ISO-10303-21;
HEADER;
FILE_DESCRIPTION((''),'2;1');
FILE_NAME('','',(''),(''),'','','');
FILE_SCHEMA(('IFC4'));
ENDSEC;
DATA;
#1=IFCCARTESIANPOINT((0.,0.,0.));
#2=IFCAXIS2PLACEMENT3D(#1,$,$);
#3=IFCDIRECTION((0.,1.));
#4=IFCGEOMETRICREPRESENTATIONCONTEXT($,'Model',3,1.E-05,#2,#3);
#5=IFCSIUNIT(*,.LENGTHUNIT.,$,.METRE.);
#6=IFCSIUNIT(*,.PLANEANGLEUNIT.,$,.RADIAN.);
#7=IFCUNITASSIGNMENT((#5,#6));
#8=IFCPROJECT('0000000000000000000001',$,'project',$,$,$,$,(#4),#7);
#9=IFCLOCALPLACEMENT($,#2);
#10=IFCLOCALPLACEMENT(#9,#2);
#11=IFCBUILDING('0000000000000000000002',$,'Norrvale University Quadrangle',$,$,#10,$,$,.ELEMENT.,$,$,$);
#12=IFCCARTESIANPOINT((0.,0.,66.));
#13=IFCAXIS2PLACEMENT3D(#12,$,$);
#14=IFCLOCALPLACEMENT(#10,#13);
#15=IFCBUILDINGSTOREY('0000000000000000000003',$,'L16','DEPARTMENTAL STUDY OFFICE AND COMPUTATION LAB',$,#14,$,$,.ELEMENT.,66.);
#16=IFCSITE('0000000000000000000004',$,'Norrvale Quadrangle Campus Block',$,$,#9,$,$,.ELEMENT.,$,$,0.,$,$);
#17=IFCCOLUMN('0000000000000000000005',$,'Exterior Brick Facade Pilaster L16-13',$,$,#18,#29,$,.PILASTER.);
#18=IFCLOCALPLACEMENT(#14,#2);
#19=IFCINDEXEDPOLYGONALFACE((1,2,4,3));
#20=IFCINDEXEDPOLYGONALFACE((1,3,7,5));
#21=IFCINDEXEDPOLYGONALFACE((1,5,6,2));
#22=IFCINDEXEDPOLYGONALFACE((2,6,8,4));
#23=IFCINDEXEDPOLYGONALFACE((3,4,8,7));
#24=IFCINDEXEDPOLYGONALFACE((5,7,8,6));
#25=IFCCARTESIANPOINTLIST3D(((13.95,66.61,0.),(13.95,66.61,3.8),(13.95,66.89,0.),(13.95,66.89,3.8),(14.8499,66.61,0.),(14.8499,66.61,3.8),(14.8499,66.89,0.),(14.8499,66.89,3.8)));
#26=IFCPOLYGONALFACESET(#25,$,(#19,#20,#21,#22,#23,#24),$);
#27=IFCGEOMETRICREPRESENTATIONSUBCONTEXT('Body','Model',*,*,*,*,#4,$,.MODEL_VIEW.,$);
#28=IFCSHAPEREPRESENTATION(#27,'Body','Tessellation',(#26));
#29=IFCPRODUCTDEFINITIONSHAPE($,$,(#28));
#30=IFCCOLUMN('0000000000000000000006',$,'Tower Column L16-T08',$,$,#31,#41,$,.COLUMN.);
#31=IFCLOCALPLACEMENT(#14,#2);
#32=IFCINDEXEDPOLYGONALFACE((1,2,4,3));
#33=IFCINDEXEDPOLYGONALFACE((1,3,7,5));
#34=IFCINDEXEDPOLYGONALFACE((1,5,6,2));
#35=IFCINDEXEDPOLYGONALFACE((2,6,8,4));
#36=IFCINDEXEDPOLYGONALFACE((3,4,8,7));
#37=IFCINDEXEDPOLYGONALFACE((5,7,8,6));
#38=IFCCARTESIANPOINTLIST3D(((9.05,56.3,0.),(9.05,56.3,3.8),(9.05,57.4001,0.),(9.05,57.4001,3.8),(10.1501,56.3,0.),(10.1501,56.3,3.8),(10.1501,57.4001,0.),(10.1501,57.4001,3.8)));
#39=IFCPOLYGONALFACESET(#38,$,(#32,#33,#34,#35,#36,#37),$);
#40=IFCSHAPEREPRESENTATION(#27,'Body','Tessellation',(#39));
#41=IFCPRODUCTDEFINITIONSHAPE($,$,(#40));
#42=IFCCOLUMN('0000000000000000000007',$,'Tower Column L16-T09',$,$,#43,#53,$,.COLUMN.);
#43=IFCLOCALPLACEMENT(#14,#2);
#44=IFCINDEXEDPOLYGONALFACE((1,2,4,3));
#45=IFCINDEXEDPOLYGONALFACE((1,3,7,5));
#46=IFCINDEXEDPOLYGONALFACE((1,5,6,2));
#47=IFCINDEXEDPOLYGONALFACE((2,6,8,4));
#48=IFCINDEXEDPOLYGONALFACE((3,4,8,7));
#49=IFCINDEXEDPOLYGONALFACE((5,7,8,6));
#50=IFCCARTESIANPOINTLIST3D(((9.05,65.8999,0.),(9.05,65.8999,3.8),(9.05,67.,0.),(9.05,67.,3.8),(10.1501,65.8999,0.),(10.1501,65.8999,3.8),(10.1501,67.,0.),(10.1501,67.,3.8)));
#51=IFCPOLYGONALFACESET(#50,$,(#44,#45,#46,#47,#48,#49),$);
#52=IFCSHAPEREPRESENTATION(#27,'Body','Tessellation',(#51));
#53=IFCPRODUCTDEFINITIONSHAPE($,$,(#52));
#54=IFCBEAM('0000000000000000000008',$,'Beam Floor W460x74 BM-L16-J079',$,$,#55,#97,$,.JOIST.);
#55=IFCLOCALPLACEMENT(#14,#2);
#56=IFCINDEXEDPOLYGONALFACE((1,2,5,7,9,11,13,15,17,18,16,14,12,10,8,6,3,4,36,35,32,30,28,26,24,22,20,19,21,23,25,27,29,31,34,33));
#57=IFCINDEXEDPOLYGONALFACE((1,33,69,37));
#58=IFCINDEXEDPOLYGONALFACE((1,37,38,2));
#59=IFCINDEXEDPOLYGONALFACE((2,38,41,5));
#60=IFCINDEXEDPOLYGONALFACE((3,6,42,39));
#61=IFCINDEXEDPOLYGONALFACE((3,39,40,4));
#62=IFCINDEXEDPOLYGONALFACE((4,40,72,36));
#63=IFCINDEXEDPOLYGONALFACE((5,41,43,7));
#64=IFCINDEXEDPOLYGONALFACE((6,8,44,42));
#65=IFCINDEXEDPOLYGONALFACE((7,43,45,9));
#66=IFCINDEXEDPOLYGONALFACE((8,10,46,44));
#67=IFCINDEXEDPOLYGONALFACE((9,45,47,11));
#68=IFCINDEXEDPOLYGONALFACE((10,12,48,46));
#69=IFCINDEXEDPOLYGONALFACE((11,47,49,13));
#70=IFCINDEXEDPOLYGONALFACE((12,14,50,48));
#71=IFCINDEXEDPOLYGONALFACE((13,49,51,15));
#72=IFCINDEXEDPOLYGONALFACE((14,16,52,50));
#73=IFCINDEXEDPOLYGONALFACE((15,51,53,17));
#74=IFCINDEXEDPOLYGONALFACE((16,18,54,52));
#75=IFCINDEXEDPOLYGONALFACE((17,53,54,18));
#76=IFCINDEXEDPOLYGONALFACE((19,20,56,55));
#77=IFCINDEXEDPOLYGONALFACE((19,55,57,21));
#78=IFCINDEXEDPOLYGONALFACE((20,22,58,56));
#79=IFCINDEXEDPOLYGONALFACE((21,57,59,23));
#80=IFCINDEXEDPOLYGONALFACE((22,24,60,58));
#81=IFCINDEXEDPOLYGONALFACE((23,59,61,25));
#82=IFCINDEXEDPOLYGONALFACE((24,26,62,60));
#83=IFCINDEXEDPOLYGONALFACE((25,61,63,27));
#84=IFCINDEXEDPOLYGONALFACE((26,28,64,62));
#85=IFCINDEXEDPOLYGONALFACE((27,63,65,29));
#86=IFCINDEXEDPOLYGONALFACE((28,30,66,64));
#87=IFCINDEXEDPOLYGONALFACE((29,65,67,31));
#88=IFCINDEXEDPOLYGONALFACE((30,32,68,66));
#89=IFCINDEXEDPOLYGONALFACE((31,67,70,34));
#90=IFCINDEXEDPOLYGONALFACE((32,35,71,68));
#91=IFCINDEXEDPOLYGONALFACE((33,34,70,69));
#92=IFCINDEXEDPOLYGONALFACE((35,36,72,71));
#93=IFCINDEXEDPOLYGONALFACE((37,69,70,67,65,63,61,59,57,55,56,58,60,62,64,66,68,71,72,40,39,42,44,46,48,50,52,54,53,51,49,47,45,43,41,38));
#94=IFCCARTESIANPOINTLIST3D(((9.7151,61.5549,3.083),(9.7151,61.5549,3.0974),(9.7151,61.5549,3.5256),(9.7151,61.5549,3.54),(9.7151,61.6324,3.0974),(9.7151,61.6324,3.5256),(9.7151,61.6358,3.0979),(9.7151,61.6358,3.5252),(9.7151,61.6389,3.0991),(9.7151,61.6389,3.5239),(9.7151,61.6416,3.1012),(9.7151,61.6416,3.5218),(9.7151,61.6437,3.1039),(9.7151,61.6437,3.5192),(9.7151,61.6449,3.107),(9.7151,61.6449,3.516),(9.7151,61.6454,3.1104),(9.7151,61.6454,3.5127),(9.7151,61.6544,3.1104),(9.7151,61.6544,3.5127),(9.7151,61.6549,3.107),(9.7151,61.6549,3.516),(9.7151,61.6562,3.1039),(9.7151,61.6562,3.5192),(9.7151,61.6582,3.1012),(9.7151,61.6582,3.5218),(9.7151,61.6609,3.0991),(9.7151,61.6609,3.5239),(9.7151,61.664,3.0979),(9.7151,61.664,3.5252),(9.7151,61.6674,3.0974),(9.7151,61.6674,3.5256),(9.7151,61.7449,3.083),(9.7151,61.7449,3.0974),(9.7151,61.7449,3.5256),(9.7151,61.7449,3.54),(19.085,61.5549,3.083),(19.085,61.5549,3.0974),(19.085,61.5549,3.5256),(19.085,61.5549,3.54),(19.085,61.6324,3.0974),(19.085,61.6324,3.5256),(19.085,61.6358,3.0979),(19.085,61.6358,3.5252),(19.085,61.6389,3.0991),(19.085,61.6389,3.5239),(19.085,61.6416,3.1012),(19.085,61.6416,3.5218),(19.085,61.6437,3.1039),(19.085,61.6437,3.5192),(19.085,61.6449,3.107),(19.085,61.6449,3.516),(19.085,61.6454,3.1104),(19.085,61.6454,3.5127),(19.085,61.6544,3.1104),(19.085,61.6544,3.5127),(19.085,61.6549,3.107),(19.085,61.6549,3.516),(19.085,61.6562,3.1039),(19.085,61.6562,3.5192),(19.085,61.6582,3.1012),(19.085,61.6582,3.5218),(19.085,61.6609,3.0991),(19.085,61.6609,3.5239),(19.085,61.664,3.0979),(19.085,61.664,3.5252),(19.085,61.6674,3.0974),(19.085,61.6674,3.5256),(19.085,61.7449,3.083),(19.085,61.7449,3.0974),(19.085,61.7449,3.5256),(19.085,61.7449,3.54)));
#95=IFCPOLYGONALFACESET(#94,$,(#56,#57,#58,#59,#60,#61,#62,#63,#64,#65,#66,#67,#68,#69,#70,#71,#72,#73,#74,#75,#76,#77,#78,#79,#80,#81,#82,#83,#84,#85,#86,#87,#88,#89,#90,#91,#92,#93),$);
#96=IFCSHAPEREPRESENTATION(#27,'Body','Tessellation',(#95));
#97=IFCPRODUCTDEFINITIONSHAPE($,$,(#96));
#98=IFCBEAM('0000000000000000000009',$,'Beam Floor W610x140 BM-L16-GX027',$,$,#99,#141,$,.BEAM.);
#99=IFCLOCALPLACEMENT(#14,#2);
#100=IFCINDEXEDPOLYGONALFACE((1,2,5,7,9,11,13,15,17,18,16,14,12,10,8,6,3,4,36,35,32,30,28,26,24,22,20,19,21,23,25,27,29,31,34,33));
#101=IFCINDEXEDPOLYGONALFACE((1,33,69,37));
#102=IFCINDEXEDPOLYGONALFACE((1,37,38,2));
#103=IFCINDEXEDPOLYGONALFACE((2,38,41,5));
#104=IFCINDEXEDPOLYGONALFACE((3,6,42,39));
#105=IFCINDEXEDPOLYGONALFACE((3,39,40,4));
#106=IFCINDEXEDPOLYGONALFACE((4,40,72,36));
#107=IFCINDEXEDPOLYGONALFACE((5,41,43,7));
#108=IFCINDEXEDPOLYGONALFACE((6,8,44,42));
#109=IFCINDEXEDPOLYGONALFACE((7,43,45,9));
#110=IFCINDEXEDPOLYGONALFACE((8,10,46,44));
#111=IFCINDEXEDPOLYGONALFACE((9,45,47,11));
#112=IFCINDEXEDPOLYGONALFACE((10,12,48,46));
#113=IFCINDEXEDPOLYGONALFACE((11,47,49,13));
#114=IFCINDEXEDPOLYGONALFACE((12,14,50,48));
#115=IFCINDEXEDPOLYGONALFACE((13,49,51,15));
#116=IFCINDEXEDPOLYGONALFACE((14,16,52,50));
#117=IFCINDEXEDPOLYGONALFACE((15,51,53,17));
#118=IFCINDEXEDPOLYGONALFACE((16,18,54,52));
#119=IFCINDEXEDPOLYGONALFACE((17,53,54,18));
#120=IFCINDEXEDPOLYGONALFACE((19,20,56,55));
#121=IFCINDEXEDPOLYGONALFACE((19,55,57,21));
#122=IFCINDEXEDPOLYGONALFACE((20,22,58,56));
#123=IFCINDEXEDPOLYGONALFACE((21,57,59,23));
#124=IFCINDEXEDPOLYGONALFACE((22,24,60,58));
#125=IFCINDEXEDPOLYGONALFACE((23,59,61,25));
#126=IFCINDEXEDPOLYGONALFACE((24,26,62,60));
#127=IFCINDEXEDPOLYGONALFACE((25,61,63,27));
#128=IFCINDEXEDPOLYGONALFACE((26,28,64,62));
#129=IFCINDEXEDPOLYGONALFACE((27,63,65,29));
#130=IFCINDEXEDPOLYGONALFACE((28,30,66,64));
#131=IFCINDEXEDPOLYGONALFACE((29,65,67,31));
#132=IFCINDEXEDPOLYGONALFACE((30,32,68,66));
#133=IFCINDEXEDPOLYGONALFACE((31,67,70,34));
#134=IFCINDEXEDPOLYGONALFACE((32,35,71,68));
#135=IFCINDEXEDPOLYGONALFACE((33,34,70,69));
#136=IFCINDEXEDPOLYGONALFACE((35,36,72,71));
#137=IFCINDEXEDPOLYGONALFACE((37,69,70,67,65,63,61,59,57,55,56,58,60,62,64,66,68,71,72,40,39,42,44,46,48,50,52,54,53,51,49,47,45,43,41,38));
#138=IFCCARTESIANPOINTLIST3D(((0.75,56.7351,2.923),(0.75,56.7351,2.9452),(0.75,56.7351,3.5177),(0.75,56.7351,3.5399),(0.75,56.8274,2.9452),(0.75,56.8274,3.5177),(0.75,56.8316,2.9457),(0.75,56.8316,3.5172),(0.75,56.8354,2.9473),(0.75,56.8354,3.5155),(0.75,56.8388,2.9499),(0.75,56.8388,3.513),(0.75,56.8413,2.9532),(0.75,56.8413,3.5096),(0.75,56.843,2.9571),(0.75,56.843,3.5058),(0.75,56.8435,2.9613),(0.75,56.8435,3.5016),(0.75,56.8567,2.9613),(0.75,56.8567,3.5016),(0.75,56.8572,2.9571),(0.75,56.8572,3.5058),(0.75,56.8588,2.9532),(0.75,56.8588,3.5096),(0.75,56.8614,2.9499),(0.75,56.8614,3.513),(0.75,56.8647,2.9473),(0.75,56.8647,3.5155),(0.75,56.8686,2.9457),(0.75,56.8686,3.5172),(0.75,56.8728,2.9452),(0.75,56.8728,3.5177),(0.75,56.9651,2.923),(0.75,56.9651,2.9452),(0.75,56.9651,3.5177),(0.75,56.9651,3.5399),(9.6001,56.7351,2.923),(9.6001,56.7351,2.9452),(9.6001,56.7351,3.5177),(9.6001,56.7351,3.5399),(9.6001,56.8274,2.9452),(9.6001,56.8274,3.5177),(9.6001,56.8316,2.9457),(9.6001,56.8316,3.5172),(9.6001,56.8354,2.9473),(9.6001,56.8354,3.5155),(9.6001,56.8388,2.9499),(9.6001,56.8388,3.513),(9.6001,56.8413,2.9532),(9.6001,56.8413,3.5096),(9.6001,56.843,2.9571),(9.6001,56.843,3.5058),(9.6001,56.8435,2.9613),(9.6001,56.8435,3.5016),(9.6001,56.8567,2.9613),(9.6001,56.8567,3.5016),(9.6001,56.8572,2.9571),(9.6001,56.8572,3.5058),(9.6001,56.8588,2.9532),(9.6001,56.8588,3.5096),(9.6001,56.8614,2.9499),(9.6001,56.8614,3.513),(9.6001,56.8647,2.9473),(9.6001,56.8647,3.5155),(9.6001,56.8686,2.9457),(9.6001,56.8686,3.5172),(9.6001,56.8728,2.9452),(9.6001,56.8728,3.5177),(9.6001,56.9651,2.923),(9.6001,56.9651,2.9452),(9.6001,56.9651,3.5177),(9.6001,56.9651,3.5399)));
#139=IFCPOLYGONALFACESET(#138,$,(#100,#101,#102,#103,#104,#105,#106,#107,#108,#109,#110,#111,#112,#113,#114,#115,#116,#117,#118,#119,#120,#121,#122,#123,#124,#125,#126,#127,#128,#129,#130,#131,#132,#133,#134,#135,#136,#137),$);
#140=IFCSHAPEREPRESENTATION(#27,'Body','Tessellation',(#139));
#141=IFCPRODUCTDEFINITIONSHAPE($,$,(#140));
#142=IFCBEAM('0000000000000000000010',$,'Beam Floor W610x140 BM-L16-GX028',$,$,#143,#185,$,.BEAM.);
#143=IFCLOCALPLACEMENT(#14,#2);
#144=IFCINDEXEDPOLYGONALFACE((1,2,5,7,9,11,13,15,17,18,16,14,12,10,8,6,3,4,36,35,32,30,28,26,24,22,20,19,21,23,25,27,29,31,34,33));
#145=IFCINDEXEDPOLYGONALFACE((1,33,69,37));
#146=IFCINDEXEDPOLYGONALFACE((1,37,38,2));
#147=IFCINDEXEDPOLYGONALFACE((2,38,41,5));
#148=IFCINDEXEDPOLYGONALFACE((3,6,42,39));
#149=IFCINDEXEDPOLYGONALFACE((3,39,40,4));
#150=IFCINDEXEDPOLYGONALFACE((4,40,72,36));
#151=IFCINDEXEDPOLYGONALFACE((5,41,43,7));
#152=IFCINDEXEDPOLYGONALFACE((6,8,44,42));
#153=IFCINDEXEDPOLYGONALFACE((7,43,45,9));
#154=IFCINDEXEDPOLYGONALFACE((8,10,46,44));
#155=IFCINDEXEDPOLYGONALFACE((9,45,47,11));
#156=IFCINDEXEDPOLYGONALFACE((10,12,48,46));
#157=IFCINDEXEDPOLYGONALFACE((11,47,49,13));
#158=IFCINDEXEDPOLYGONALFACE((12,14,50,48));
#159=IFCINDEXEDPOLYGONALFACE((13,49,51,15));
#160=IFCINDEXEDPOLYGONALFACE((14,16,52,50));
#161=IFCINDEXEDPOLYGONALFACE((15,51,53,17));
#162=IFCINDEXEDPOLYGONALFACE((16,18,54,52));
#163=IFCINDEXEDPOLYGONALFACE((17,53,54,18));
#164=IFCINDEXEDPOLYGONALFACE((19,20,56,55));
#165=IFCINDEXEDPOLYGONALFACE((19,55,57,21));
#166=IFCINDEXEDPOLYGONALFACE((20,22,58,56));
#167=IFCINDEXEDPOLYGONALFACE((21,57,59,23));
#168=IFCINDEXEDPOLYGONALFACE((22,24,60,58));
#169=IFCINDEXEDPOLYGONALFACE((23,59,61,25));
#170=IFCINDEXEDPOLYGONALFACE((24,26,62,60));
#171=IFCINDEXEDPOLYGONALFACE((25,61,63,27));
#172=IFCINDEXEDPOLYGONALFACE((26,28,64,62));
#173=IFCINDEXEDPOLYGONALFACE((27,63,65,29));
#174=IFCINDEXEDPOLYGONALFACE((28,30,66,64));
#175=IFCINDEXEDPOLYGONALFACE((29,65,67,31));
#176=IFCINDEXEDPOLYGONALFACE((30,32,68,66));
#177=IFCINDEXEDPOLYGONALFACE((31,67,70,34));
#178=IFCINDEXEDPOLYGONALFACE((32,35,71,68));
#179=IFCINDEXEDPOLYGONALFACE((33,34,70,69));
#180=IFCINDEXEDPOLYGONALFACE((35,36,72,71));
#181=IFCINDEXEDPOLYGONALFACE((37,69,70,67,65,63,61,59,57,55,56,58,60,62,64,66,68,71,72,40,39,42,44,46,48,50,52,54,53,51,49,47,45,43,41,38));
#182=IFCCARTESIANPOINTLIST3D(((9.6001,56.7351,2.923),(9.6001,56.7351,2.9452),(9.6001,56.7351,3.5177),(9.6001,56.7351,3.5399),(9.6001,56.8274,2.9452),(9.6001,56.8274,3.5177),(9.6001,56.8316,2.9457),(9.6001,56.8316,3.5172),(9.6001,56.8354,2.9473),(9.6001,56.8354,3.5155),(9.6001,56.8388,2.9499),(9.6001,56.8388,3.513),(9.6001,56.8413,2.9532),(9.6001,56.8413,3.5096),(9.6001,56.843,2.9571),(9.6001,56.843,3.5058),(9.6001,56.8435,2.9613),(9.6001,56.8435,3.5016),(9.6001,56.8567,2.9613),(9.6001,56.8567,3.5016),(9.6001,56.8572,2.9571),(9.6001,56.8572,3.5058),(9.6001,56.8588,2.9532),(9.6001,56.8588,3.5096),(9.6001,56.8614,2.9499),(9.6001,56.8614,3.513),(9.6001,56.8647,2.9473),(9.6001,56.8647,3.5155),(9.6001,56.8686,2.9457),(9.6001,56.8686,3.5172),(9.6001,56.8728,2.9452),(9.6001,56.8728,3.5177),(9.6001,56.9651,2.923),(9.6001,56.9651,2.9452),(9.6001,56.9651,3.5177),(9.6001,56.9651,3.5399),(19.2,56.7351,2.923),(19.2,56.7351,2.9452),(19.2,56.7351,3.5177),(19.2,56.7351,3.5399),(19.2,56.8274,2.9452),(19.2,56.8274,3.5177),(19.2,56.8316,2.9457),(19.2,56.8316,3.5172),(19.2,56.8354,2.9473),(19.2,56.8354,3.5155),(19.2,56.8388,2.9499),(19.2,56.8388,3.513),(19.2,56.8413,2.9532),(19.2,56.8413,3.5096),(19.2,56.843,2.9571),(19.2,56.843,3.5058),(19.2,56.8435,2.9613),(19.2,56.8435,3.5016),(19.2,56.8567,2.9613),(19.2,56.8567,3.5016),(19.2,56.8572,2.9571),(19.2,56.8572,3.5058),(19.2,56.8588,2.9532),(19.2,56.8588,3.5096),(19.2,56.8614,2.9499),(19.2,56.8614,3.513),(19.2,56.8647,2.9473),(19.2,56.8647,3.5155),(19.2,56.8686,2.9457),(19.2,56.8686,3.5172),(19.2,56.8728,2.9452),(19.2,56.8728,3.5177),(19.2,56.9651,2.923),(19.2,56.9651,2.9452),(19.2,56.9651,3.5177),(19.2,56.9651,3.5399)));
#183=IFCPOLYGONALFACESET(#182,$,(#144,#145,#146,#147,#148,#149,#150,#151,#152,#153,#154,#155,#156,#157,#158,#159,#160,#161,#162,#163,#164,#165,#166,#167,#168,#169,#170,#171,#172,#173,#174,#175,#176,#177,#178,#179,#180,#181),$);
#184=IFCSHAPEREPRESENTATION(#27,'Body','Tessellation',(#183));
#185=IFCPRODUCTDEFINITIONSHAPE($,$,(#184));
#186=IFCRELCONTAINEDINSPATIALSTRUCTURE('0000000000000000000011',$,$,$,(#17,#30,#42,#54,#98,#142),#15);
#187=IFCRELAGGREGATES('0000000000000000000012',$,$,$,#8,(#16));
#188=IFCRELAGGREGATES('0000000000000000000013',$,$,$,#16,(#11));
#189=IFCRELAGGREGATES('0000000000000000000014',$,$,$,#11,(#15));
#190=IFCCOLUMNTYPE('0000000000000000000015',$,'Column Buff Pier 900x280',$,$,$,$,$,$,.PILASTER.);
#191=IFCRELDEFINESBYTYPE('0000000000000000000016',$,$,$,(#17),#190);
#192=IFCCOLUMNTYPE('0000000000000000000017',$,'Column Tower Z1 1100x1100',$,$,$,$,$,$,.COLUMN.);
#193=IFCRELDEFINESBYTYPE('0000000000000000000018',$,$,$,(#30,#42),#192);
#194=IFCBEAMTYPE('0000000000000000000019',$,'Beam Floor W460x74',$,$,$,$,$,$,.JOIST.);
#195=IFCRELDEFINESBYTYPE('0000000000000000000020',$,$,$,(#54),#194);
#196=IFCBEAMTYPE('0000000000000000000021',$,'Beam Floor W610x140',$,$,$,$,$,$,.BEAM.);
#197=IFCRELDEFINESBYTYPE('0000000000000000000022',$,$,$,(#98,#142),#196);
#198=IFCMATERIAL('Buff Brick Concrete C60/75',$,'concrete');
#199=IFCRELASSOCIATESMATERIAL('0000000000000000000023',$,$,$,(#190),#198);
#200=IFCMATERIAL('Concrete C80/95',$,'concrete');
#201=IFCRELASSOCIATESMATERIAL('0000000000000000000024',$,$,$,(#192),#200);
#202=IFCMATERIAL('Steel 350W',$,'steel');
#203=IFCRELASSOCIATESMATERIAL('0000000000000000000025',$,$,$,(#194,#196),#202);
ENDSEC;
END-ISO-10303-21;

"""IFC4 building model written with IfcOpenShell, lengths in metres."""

from ifc_helpers import new_model, si_unit, direction, frame, origin, origin_2d, place, context, subcontext, project, spatial, rectangle, i_section, extrude, material, material_profile, profile_set, type_object, element, save


model = new_model("IFC4")

# Units and contexts
model_context = context("Model", 3, precision=1e-05, world=origin(), true_north=direction((0.0, 1.0)))
body_context = subcontext(model_context, "Body", "Model", "MODEL_VIEW")
ifc_project = project(units=[si_unit("LENGTHUNIT", "METRE"), si_unit("PLANEANGLEUNIT", "RADIAN")], contexts=[model_context])

# Site, building, storey
site_placement = place(None, origin())
site = spatial("IfcSite", under=ifc_project, at=site_placement, Name="Norrvale Quadrangle Campus Block", CompositionType="ELEMENT", RefElevation=0.0)
building_placement = place(site_placement, origin())
building = spatial("IfcBuilding", under=site, at=building_placement, Name="Norrvale University Quadrangle", CompositionType="ELEMENT")
storey_placement = place(building_placement, frame((0.0, 0.0, 66.0)))
storey = spatial("IfcBuildingStorey", under=building, at=storey_placement, Name="L16", Description="DEPARTMENTAL STUDY OFFICE AND COMPUTATION LAB", CompositionType="ELEMENT", Elevation=66.0)

# Columns
ifc_material_1 = material(Name="Buff Brick Concrete C60/75", Category="concrete")
ifc_material_profile_1 = material_profile(ifc_material_1, rectangle(XDim=0.8999, YDim=0.28, at=origin_2d()), Name="Buff Brick Concrete C60/75")
ifc_profile_set_1 = profile_set([ifc_material_profile_1], Name="Buff Brick Concrete C60/75")
column_type_1 = type_object("IfcColumnType", Name="Column Buff Pier 900x280", PredefinedType="PILASTER", material=ifc_profile_set_1)
column_placement = place(storey_placement, frame((14.3999, 66.75, 0.0), z_axis=(0.0, 0.0, 1.0), x_axis=(1.0, 0.0, 0.0)))
element("IfcColumn", 1, at=column_placement, inside=storey, type_object=column_type_1, Name="Exterior Brick Facade Pilaster L16-13", PredefinedType="PILASTER", context=body_context, shape_type="SweptSolid", body=[
    extrude(rectangle(XDim=0.8999, YDim=0.28, at=origin_2d()), origin(), (0.0, 0.0, 1.0), 3.8),
])
ifc_material_2 = material(Name="Concrete C80/95", Category="concrete")
ifc_material_profile_2 = material_profile(ifc_material_2, rectangle(XDim=1.1001, YDim=1.1001, at=origin_2d()), Name="Concrete C80/95")
ifc_profile_set_2 = profile_set([ifc_material_profile_2], Name="Concrete C80/95")
column_type_2 = type_object("IfcColumnType", Name="Column Tower Z1 1100x1100", PredefinedType="COLUMN", material=ifc_profile_set_2)
for number, where, z_axis, x_axis, name in (
    (2, (9.6001, 56.8501, 0.0), (0.0, 0.0, 1.0), (1.0, 0.0, 0.0), "Tower Column L16-T08"),
    (3, (9.6001, 66.45, 0.0), (0.0, 0.0, 1.0), (1.0, 0.0, 0.0), "Tower Column L16-T09"),
):
    element("IfcColumn", number, at=place(storey_placement, frame(where, z_axis=z_axis, x_axis=x_axis)), inside=storey, type_object=column_type_2, Name=name, PredefinedType="COLUMN", context=body_context, shape_type="SweptSolid", body=[
        extrude(rectangle(XDim=1.1001, YDim=1.1001, at=origin_2d()), origin(), (0.0, 0.0, 1.0), 3.8),
    ])

# Beams
ifc_material_3 = material(Name="Steel 350W", Category="steel")
ifc_material_profile_3 = material_profile(ifc_material_3, i_section(OverallWidth=0.1899, OverallDepth=0.457, WebThickness=0.009, FlangeThickness=0.0144, FilletRadius=0.0129, at=origin_2d()), Name="Steel 350W")
ifc_profile_set_3 = profile_set([ifc_material_profile_3], Name="Steel 350W")
beam_type_1 = type_object("IfcBeamType", Name="Beam Floor W460x74", PredefinedType="JOIST", material=ifc_profile_set_3)
beam_1_placement = place(storey_placement, frame((9.7151, 61.6499, 3.3115), z_axis=(1.0, 0.0, 0.0), x_axis=(0.0, 1.0, 0.0)))
element("IfcBeam", 4, at=beam_1_placement, inside=storey, type_object=beam_type_1, Name="Beam Floor W460x74 BM-L16-J079", PredefinedType="JOIST", context=body_context, shape_type="SweptSolid", body=[
    extrude(i_section(OverallWidth=0.1899, OverallDepth=0.457, WebThickness=0.009, FlangeThickness=0.0144, FilletRadius=0.0129, at=origin_2d()), origin(), (0.0, 0.0, 1.0), 9.3699),
])
ifc_material_profile_4 = material_profile(ifc_material_3, i_section(OverallWidth=0.23, OverallDepth=0.6169, WebThickness=0.0132, FlangeThickness=0.0222, FilletRadius=0.0161, at=origin_2d()), Name="Steel 350W")
ifc_profile_set_4 = profile_set([ifc_material_profile_4], Name="Steel 350W")
beam_type_2 = type_object("IfcBeamType", Name="Beam Floor W610x140", PredefinedType="BEAM", material=ifc_profile_set_4)
beam_2_placement = place(storey_placement, frame((0.75, 56.8501, 3.2314), z_axis=(1.0, 0.0, 0.0), x_axis=(0.0, 1.0, 0.0)))
element("IfcBeam", 5, at=beam_2_placement, inside=storey, type_object=beam_type_2, Name="Beam Floor W610x140 BM-L16-GX027", PredefinedType="BEAM", context=body_context, shape_type="SweptSolid", body=[
    extrude(i_section(OverallWidth=0.23, OverallDepth=0.6169, WebThickness=0.0132, FlangeThickness=0.0222, FilletRadius=0.0161, at=origin_2d()), origin(), (0.0, 0.0, 1.0), 8.8501),
])
for number, where, z_axis, x_axis, name in (
    (6, (9.6001, 56.8501, 3.2314), (1.0, 0.0, 0.0), (0.0, 1.0, 0.0), "Beam Floor W610x140 BM-L16-GX028"),
):
    element("IfcBeam", number, at=place(storey_placement, frame(where, z_axis=z_axis, x_axis=x_axis)), inside=storey, type_object=beam_type_2, Name=name, PredefinedType="BEAM", context=body_context, shape_type="SweptSolid", body=[
        extrude(i_section(OverallWidth=0.23, OverallDepth=0.6169, WebThickness=0.0132, FlangeThickness=0.0222, FilletRadius=0.0161, at=origin_2d()), origin(), (0.0, 0.0, 1.0), 9.5999),
    ])

save(model, "model.ifc")
